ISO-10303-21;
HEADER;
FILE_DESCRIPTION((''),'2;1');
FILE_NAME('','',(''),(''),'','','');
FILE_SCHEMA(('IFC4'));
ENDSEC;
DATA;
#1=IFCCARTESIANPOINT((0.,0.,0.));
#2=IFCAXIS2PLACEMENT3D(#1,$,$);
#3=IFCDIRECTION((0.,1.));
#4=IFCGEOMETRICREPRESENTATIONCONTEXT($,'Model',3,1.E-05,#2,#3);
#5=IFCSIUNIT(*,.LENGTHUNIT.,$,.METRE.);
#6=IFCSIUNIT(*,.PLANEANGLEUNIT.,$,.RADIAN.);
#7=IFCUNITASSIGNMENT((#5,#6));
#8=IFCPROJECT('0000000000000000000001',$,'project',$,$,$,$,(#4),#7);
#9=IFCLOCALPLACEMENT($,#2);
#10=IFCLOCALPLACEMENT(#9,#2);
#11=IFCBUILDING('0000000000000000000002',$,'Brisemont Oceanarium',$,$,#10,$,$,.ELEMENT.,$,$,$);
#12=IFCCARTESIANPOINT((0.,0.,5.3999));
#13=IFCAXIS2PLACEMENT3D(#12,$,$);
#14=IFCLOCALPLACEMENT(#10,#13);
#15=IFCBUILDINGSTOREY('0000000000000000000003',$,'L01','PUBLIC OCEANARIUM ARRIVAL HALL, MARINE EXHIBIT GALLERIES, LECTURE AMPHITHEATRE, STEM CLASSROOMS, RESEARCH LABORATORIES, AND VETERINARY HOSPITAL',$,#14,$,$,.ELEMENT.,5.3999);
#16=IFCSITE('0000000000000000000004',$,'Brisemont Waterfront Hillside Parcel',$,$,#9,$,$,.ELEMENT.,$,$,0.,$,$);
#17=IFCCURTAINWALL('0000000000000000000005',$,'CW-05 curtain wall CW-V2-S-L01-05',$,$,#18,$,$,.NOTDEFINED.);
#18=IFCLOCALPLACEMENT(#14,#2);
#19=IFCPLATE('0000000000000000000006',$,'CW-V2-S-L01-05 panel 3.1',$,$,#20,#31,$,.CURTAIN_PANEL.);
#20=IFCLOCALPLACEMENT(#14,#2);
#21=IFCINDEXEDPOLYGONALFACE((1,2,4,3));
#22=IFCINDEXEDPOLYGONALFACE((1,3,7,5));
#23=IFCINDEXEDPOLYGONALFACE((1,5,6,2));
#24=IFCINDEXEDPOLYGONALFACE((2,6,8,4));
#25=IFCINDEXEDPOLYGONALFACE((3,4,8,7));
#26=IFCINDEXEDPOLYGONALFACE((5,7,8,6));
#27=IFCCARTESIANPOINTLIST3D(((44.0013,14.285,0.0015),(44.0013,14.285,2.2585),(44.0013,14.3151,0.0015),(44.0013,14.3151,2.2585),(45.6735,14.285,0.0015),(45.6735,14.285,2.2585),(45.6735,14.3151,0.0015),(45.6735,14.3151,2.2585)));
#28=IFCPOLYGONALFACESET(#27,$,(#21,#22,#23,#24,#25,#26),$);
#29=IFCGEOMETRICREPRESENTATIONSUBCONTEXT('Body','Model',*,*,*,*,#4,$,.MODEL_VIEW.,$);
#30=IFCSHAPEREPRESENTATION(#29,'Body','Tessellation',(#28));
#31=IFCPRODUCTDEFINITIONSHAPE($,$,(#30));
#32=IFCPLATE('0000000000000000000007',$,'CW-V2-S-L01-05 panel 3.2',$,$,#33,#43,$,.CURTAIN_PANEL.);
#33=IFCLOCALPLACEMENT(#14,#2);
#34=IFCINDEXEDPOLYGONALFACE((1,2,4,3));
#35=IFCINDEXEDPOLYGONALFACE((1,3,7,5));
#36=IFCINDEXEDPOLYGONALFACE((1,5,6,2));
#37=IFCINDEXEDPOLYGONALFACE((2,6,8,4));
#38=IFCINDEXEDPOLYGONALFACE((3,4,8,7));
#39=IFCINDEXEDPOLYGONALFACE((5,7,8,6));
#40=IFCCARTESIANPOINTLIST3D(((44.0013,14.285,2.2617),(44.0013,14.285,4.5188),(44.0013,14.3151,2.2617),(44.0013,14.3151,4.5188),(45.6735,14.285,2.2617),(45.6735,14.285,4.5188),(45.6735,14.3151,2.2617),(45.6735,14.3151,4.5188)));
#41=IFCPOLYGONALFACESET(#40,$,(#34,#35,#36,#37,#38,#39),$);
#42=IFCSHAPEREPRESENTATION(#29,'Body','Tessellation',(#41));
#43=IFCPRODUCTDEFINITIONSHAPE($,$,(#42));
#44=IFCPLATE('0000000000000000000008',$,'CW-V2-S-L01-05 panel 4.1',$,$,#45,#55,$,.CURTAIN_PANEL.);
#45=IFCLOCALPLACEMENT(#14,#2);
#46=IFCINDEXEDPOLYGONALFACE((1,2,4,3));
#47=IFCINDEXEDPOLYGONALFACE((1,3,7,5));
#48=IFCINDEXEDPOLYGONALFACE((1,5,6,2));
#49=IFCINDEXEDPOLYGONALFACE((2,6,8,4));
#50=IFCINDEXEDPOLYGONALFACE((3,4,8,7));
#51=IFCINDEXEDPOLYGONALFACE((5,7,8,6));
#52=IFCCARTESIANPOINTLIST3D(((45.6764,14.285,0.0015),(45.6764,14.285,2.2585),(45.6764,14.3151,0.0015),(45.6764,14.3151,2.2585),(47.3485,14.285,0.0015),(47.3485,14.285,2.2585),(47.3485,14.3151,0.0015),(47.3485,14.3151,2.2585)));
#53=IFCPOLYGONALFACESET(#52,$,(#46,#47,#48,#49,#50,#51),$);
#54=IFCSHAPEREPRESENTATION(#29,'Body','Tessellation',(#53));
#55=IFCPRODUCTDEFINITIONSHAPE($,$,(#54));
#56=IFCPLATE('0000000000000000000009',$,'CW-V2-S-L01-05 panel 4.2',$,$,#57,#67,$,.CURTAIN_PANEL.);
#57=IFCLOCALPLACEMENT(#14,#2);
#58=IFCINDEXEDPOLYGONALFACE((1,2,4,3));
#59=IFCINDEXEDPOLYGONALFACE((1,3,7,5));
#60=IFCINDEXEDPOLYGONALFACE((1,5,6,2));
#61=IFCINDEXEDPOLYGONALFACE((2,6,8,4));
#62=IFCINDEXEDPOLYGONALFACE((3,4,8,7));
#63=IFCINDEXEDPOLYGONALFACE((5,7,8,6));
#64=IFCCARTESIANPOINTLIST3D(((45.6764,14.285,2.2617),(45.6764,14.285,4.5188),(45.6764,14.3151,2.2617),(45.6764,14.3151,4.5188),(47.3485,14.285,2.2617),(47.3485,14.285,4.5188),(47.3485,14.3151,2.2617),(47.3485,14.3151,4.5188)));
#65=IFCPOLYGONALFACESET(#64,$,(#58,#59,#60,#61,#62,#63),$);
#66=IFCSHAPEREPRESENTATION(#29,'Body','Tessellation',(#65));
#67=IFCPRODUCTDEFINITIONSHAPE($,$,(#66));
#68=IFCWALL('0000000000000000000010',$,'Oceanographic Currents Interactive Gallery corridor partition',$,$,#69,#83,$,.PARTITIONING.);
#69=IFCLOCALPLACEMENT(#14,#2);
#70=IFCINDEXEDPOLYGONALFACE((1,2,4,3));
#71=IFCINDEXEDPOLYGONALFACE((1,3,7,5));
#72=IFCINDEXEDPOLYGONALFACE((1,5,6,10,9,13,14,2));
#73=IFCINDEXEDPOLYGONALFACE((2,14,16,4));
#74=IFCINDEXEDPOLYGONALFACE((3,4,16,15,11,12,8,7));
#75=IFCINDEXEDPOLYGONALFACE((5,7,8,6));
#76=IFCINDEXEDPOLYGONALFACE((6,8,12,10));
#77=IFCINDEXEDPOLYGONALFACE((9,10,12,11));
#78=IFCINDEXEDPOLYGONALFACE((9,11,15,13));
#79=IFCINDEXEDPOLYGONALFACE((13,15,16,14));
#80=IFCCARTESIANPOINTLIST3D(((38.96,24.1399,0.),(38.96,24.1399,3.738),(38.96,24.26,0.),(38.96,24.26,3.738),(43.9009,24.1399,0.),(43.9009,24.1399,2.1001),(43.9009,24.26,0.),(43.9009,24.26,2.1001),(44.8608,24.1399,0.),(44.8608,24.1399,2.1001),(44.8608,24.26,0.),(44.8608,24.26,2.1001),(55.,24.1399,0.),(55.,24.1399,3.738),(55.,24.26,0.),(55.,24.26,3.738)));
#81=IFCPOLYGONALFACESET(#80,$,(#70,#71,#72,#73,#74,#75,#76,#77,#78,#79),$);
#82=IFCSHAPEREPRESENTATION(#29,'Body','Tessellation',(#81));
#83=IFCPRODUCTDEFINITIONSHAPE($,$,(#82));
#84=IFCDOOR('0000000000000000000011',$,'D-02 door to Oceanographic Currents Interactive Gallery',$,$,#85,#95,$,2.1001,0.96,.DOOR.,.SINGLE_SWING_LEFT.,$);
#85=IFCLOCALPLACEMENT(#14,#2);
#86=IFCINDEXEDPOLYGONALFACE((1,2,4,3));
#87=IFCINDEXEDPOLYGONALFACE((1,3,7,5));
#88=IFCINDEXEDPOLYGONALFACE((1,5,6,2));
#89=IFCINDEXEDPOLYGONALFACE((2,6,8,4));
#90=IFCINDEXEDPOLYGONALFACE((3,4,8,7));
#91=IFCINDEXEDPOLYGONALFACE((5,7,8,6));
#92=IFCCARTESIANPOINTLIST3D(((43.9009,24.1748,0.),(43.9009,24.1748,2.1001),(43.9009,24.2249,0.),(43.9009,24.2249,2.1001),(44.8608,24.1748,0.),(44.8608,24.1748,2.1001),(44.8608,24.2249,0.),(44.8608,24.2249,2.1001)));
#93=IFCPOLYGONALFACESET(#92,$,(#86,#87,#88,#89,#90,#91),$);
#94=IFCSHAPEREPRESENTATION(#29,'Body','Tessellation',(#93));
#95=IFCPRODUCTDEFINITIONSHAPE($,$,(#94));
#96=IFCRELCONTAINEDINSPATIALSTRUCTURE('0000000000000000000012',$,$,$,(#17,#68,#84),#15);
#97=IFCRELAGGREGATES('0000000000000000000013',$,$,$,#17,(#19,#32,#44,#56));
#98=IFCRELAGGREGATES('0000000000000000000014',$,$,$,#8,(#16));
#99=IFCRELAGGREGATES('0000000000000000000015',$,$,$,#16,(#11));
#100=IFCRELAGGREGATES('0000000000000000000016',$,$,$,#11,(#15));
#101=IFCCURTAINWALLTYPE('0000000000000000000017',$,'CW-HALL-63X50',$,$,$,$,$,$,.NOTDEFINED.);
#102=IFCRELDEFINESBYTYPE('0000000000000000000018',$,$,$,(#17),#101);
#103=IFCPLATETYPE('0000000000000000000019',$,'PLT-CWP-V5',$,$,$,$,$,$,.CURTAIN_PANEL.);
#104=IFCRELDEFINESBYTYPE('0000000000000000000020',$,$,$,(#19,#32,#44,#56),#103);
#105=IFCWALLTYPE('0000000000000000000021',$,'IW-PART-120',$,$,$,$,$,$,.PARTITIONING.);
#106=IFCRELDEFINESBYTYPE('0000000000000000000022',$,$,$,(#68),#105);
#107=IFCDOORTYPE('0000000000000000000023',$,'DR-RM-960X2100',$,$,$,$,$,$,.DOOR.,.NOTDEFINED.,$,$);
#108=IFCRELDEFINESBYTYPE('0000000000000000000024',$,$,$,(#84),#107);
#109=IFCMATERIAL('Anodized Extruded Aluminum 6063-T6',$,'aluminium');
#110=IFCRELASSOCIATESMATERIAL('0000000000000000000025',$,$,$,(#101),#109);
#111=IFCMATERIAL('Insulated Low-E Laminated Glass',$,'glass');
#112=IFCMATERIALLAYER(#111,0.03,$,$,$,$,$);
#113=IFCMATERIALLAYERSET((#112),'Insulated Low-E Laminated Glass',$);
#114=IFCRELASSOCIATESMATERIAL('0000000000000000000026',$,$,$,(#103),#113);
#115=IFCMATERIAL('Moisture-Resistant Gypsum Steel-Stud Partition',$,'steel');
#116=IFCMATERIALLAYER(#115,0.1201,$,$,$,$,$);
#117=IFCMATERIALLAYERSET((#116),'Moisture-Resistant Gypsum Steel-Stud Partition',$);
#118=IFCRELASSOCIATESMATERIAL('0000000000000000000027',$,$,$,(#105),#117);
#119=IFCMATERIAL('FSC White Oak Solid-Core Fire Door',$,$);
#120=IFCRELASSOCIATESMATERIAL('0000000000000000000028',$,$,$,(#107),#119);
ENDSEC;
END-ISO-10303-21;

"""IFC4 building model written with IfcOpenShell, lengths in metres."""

from ifc_helpers import new_model, si_unit, direction, frame, frame_2d, origin, origin_2d, place, context, subcontext, project, spatial, rectangle, extrude, material, layer, layer_set, type_object, element, fill, aggregate, save


model = new_model("IFC4")

# Units and contexts
model_context = context("Model", 3, precision=1e-05, world=origin(), true_north=direction((0.0, 1.0)))
body_context = subcontext(model_context, "Body", "Model", "MODEL_VIEW")
ifc_project = project(units=[si_unit("LENGTHUNIT", "METRE"), si_unit("PLANEANGLEUNIT", "RADIAN")], contexts=[model_context])

# Site, building, storey
site_placement = place(None, origin())
site = spatial("IfcSite", under=ifc_project, at=site_placement, Name="Brisemont Waterfront Hillside Parcel", CompositionType="ELEMENT", RefElevation=0.0)
building_placement = place(site_placement, origin())
building = spatial("IfcBuilding", under=site, at=building_placement, Name="Brisemont Oceanarium", CompositionType="ELEMENT")
storey_placement = place(building_placement, frame((0.0, 0.0, 5.3999)))
storey = spatial("IfcBuildingStorey", under=building, at=storey_placement, Name="L01", Description="PUBLIC OCEANARIUM ARRIVAL HALL, MARINE EXHIBIT GALLERIES, LECTURE AMPHITHEATRE, STEM CLASSROOMS, RESEARCH LABORATORIES, AND VETERINARY HOSPITAL", CompositionType="ELEMENT", Elevation=5.3999)

# Curtain wall
ifc_material_1 = material(Name="Anodized Extruded Aluminum 6063-T6", Category="aluminium")
curtain_wall_type = type_object("IfcCurtainWallType", Name="CW-HALL-63X50", PredefinedType="NOTDEFINED", material=ifc_material_1)
curtain_wall_1_placement = place(storey_placement, origin())
curtain_wall_1 = element("IfcCurtainWall", 1, at=curtain_wall_1_placement, inside=storey, type_object=curtain_wall_type, Name="CW-05 curtain wall CW-V2-S-L01-05", PredefinedType="NOTDEFINED")

# Plates
ifc_material_2 = material(Name="Insulated Low-E Laminated Glass", Category="glass")
ifc_layer_1 = layer(ifc_material_2, 0.03)
ifc_layer_set_1 = layer_set([ifc_layer_1], Name="Insulated Low-E Laminated Glass")
plate_type = type_object("IfcPlateType", Name="PLT-CWP-V5", PredefinedType="CURTAIN_PANEL", material=ifc_layer_set_1)
plate_1_placement = place(storey_placement, frame((44.8374, 14.3, 0.0015), z_axis=(0.0, 0.0, 1.0), x_axis=(1.0, 0.0, 0.0)))
plate_1 = element("IfcPlate", 2, at=plate_1_placement, type_object=plate_type, Name="CW-V2-S-L01-05 panel 3.1", PredefinedType="CURTAIN_PANEL", context=body_context, shape_type="SweptSolid", body=[
    extrude(rectangle(XDim=1.6721, YDim=0.03, at=origin_2d()), origin(), (0.0, 0.0, 1.0), 2.2571),
])
plate_2_placement = place(storey_placement, frame((44.8374, 14.3, 2.2617), z_axis=(0.0, 0.0, 1.0), x_axis=(1.0, 0.0, 0.0)))
plate_2 = element("IfcPlate", 3, at=plate_2_placement, type_object=plate_type, Name="CW-V2-S-L01-05 panel 3.2", PredefinedType="CURTAIN_PANEL", context=body_context, shape_type="SweptSolid", body=[
    extrude(rectangle(XDim=1.6721, YDim=0.03, at=origin_2d()), origin(), (0.0, 0.0, 1.0), 2.2571),
])
plate_3_placement = place(storey_placement, frame((46.5125, 14.3, 0.0015), z_axis=(0.0, 0.0, 1.0), x_axis=(1.0, 0.0, 0.0)))
plate_3 = element("IfcPlate", 4, at=plate_3_placement, type_object=plate_type, Name="CW-V2-S-L01-05 panel 4.1", PredefinedType="CURTAIN_PANEL", context=body_context, shape_type="SweptSolid", body=[
    extrude(rectangle(XDim=1.6721, YDim=0.03, at=origin_2d()), origin(), (0.0, 0.0, 1.0), 2.2571),
])
plate_4_placement = place(storey_placement, frame((46.5125, 14.3, 2.2617), z_axis=(0.0, 0.0, 1.0), x_axis=(1.0, 0.0, 0.0)))
plate_4 = element("IfcPlate", 5, at=plate_4_placement, type_object=plate_type, Name="CW-V2-S-L01-05 panel 4.2", PredefinedType="CURTAIN_PANEL", context=body_context, shape_type="SweptSolid", body=[
    extrude(rectangle(XDim=1.6721, YDim=0.03, at=origin_2d()), origin(), (0.0, 0.0, 1.0), 2.2571),
])
aggregate(curtain_wall_1, [plate_1, plate_2, plate_3, plate_4])

# Wall, opening, door
ifc_material_3 = material(Name="Moisture-Resistant Gypsum Steel-Stud Partition", Category="steel")
ifc_layer_2 = layer(ifc_material_3, 0.1201)
ifc_layer_set_2 = layer_set([ifc_layer_2], Name="Moisture-Resistant Gypsum Steel-Stud Partition")
wall_type = type_object("IfcWallType", Name="IW-PART-120", PredefinedType="PARTITIONING", material=ifc_layer_set_2)
wall_placement = place(storey_placement, frame((38.96, 24.2, 0.0), z_axis=(0.0, 0.0, 1.0), x_axis=(1.0, 0.0, 0.0)))
wall = element("IfcWall", 6, at=wall_placement, inside=storey, type_object=wall_type, Name="Oceanographic Currents Interactive Gallery corridor partition", PredefinedType="PARTITIONING", context=body_context, shape_type="SweptSolid", body=[
    extrude(rectangle(XDim=16.04, YDim=0.1201, at=frame_2d((8.02, 0.0))), origin(), (0.0, 0.0, 1.0), 3.738),
])
opening_placement = place(wall_placement, frame((4.9409, 0.0, 0.0)))
opening = element("IfcOpeningElement", 7, at=opening_placement, cuts=wall, PredefinedType="OPENING", context=body_context, shape_type="SweptSolid", body=[
    extrude(rectangle(XDim=0.96, YDim=2.1001, at=frame_2d((0.48, 1.05))), frame((0.0, 0.0701, 0.0), z_axis=(0.0, -1.0, 0.0), x_axis=(1.0, 0.0, 0.0)), (0.0, 0.0, 1.0), 0.1401),
])
ifc_material_4 = material(Name="FSC White Oak Solid-Core Fire Door")
door_type = type_object("IfcDoorType", Name="DR-RM-960X2100", OperationType="NOTDEFINED", PredefinedType="DOOR", material=ifc_material_4)
door_placement = place(opening_placement, origin())
door = element("IfcDoor", 8, at=door_placement, inside=storey, type_object=door_type, Name="D-02 door to Oceanographic Currents Interactive Gallery", OperationType="SINGLE_SWING_LEFT", OverallHeight=2.1001, OverallWidth=0.96, PredefinedType="DOOR", context=body_context, shape_type="SweptSolid", body=[
    extrude(rectangle(XDim=0.96, YDim=2.1001, at=frame_2d((0.48, 1.05))), frame((0.0, 0.0249, 0.0), z_axis=(0.0, -1.0, 0.0), x_axis=(1.0, 0.0, 0.0)), (0.0, 0.0, 1.0), 0.05),
])
fill(opening, door)

save(model, "model.ifc")
